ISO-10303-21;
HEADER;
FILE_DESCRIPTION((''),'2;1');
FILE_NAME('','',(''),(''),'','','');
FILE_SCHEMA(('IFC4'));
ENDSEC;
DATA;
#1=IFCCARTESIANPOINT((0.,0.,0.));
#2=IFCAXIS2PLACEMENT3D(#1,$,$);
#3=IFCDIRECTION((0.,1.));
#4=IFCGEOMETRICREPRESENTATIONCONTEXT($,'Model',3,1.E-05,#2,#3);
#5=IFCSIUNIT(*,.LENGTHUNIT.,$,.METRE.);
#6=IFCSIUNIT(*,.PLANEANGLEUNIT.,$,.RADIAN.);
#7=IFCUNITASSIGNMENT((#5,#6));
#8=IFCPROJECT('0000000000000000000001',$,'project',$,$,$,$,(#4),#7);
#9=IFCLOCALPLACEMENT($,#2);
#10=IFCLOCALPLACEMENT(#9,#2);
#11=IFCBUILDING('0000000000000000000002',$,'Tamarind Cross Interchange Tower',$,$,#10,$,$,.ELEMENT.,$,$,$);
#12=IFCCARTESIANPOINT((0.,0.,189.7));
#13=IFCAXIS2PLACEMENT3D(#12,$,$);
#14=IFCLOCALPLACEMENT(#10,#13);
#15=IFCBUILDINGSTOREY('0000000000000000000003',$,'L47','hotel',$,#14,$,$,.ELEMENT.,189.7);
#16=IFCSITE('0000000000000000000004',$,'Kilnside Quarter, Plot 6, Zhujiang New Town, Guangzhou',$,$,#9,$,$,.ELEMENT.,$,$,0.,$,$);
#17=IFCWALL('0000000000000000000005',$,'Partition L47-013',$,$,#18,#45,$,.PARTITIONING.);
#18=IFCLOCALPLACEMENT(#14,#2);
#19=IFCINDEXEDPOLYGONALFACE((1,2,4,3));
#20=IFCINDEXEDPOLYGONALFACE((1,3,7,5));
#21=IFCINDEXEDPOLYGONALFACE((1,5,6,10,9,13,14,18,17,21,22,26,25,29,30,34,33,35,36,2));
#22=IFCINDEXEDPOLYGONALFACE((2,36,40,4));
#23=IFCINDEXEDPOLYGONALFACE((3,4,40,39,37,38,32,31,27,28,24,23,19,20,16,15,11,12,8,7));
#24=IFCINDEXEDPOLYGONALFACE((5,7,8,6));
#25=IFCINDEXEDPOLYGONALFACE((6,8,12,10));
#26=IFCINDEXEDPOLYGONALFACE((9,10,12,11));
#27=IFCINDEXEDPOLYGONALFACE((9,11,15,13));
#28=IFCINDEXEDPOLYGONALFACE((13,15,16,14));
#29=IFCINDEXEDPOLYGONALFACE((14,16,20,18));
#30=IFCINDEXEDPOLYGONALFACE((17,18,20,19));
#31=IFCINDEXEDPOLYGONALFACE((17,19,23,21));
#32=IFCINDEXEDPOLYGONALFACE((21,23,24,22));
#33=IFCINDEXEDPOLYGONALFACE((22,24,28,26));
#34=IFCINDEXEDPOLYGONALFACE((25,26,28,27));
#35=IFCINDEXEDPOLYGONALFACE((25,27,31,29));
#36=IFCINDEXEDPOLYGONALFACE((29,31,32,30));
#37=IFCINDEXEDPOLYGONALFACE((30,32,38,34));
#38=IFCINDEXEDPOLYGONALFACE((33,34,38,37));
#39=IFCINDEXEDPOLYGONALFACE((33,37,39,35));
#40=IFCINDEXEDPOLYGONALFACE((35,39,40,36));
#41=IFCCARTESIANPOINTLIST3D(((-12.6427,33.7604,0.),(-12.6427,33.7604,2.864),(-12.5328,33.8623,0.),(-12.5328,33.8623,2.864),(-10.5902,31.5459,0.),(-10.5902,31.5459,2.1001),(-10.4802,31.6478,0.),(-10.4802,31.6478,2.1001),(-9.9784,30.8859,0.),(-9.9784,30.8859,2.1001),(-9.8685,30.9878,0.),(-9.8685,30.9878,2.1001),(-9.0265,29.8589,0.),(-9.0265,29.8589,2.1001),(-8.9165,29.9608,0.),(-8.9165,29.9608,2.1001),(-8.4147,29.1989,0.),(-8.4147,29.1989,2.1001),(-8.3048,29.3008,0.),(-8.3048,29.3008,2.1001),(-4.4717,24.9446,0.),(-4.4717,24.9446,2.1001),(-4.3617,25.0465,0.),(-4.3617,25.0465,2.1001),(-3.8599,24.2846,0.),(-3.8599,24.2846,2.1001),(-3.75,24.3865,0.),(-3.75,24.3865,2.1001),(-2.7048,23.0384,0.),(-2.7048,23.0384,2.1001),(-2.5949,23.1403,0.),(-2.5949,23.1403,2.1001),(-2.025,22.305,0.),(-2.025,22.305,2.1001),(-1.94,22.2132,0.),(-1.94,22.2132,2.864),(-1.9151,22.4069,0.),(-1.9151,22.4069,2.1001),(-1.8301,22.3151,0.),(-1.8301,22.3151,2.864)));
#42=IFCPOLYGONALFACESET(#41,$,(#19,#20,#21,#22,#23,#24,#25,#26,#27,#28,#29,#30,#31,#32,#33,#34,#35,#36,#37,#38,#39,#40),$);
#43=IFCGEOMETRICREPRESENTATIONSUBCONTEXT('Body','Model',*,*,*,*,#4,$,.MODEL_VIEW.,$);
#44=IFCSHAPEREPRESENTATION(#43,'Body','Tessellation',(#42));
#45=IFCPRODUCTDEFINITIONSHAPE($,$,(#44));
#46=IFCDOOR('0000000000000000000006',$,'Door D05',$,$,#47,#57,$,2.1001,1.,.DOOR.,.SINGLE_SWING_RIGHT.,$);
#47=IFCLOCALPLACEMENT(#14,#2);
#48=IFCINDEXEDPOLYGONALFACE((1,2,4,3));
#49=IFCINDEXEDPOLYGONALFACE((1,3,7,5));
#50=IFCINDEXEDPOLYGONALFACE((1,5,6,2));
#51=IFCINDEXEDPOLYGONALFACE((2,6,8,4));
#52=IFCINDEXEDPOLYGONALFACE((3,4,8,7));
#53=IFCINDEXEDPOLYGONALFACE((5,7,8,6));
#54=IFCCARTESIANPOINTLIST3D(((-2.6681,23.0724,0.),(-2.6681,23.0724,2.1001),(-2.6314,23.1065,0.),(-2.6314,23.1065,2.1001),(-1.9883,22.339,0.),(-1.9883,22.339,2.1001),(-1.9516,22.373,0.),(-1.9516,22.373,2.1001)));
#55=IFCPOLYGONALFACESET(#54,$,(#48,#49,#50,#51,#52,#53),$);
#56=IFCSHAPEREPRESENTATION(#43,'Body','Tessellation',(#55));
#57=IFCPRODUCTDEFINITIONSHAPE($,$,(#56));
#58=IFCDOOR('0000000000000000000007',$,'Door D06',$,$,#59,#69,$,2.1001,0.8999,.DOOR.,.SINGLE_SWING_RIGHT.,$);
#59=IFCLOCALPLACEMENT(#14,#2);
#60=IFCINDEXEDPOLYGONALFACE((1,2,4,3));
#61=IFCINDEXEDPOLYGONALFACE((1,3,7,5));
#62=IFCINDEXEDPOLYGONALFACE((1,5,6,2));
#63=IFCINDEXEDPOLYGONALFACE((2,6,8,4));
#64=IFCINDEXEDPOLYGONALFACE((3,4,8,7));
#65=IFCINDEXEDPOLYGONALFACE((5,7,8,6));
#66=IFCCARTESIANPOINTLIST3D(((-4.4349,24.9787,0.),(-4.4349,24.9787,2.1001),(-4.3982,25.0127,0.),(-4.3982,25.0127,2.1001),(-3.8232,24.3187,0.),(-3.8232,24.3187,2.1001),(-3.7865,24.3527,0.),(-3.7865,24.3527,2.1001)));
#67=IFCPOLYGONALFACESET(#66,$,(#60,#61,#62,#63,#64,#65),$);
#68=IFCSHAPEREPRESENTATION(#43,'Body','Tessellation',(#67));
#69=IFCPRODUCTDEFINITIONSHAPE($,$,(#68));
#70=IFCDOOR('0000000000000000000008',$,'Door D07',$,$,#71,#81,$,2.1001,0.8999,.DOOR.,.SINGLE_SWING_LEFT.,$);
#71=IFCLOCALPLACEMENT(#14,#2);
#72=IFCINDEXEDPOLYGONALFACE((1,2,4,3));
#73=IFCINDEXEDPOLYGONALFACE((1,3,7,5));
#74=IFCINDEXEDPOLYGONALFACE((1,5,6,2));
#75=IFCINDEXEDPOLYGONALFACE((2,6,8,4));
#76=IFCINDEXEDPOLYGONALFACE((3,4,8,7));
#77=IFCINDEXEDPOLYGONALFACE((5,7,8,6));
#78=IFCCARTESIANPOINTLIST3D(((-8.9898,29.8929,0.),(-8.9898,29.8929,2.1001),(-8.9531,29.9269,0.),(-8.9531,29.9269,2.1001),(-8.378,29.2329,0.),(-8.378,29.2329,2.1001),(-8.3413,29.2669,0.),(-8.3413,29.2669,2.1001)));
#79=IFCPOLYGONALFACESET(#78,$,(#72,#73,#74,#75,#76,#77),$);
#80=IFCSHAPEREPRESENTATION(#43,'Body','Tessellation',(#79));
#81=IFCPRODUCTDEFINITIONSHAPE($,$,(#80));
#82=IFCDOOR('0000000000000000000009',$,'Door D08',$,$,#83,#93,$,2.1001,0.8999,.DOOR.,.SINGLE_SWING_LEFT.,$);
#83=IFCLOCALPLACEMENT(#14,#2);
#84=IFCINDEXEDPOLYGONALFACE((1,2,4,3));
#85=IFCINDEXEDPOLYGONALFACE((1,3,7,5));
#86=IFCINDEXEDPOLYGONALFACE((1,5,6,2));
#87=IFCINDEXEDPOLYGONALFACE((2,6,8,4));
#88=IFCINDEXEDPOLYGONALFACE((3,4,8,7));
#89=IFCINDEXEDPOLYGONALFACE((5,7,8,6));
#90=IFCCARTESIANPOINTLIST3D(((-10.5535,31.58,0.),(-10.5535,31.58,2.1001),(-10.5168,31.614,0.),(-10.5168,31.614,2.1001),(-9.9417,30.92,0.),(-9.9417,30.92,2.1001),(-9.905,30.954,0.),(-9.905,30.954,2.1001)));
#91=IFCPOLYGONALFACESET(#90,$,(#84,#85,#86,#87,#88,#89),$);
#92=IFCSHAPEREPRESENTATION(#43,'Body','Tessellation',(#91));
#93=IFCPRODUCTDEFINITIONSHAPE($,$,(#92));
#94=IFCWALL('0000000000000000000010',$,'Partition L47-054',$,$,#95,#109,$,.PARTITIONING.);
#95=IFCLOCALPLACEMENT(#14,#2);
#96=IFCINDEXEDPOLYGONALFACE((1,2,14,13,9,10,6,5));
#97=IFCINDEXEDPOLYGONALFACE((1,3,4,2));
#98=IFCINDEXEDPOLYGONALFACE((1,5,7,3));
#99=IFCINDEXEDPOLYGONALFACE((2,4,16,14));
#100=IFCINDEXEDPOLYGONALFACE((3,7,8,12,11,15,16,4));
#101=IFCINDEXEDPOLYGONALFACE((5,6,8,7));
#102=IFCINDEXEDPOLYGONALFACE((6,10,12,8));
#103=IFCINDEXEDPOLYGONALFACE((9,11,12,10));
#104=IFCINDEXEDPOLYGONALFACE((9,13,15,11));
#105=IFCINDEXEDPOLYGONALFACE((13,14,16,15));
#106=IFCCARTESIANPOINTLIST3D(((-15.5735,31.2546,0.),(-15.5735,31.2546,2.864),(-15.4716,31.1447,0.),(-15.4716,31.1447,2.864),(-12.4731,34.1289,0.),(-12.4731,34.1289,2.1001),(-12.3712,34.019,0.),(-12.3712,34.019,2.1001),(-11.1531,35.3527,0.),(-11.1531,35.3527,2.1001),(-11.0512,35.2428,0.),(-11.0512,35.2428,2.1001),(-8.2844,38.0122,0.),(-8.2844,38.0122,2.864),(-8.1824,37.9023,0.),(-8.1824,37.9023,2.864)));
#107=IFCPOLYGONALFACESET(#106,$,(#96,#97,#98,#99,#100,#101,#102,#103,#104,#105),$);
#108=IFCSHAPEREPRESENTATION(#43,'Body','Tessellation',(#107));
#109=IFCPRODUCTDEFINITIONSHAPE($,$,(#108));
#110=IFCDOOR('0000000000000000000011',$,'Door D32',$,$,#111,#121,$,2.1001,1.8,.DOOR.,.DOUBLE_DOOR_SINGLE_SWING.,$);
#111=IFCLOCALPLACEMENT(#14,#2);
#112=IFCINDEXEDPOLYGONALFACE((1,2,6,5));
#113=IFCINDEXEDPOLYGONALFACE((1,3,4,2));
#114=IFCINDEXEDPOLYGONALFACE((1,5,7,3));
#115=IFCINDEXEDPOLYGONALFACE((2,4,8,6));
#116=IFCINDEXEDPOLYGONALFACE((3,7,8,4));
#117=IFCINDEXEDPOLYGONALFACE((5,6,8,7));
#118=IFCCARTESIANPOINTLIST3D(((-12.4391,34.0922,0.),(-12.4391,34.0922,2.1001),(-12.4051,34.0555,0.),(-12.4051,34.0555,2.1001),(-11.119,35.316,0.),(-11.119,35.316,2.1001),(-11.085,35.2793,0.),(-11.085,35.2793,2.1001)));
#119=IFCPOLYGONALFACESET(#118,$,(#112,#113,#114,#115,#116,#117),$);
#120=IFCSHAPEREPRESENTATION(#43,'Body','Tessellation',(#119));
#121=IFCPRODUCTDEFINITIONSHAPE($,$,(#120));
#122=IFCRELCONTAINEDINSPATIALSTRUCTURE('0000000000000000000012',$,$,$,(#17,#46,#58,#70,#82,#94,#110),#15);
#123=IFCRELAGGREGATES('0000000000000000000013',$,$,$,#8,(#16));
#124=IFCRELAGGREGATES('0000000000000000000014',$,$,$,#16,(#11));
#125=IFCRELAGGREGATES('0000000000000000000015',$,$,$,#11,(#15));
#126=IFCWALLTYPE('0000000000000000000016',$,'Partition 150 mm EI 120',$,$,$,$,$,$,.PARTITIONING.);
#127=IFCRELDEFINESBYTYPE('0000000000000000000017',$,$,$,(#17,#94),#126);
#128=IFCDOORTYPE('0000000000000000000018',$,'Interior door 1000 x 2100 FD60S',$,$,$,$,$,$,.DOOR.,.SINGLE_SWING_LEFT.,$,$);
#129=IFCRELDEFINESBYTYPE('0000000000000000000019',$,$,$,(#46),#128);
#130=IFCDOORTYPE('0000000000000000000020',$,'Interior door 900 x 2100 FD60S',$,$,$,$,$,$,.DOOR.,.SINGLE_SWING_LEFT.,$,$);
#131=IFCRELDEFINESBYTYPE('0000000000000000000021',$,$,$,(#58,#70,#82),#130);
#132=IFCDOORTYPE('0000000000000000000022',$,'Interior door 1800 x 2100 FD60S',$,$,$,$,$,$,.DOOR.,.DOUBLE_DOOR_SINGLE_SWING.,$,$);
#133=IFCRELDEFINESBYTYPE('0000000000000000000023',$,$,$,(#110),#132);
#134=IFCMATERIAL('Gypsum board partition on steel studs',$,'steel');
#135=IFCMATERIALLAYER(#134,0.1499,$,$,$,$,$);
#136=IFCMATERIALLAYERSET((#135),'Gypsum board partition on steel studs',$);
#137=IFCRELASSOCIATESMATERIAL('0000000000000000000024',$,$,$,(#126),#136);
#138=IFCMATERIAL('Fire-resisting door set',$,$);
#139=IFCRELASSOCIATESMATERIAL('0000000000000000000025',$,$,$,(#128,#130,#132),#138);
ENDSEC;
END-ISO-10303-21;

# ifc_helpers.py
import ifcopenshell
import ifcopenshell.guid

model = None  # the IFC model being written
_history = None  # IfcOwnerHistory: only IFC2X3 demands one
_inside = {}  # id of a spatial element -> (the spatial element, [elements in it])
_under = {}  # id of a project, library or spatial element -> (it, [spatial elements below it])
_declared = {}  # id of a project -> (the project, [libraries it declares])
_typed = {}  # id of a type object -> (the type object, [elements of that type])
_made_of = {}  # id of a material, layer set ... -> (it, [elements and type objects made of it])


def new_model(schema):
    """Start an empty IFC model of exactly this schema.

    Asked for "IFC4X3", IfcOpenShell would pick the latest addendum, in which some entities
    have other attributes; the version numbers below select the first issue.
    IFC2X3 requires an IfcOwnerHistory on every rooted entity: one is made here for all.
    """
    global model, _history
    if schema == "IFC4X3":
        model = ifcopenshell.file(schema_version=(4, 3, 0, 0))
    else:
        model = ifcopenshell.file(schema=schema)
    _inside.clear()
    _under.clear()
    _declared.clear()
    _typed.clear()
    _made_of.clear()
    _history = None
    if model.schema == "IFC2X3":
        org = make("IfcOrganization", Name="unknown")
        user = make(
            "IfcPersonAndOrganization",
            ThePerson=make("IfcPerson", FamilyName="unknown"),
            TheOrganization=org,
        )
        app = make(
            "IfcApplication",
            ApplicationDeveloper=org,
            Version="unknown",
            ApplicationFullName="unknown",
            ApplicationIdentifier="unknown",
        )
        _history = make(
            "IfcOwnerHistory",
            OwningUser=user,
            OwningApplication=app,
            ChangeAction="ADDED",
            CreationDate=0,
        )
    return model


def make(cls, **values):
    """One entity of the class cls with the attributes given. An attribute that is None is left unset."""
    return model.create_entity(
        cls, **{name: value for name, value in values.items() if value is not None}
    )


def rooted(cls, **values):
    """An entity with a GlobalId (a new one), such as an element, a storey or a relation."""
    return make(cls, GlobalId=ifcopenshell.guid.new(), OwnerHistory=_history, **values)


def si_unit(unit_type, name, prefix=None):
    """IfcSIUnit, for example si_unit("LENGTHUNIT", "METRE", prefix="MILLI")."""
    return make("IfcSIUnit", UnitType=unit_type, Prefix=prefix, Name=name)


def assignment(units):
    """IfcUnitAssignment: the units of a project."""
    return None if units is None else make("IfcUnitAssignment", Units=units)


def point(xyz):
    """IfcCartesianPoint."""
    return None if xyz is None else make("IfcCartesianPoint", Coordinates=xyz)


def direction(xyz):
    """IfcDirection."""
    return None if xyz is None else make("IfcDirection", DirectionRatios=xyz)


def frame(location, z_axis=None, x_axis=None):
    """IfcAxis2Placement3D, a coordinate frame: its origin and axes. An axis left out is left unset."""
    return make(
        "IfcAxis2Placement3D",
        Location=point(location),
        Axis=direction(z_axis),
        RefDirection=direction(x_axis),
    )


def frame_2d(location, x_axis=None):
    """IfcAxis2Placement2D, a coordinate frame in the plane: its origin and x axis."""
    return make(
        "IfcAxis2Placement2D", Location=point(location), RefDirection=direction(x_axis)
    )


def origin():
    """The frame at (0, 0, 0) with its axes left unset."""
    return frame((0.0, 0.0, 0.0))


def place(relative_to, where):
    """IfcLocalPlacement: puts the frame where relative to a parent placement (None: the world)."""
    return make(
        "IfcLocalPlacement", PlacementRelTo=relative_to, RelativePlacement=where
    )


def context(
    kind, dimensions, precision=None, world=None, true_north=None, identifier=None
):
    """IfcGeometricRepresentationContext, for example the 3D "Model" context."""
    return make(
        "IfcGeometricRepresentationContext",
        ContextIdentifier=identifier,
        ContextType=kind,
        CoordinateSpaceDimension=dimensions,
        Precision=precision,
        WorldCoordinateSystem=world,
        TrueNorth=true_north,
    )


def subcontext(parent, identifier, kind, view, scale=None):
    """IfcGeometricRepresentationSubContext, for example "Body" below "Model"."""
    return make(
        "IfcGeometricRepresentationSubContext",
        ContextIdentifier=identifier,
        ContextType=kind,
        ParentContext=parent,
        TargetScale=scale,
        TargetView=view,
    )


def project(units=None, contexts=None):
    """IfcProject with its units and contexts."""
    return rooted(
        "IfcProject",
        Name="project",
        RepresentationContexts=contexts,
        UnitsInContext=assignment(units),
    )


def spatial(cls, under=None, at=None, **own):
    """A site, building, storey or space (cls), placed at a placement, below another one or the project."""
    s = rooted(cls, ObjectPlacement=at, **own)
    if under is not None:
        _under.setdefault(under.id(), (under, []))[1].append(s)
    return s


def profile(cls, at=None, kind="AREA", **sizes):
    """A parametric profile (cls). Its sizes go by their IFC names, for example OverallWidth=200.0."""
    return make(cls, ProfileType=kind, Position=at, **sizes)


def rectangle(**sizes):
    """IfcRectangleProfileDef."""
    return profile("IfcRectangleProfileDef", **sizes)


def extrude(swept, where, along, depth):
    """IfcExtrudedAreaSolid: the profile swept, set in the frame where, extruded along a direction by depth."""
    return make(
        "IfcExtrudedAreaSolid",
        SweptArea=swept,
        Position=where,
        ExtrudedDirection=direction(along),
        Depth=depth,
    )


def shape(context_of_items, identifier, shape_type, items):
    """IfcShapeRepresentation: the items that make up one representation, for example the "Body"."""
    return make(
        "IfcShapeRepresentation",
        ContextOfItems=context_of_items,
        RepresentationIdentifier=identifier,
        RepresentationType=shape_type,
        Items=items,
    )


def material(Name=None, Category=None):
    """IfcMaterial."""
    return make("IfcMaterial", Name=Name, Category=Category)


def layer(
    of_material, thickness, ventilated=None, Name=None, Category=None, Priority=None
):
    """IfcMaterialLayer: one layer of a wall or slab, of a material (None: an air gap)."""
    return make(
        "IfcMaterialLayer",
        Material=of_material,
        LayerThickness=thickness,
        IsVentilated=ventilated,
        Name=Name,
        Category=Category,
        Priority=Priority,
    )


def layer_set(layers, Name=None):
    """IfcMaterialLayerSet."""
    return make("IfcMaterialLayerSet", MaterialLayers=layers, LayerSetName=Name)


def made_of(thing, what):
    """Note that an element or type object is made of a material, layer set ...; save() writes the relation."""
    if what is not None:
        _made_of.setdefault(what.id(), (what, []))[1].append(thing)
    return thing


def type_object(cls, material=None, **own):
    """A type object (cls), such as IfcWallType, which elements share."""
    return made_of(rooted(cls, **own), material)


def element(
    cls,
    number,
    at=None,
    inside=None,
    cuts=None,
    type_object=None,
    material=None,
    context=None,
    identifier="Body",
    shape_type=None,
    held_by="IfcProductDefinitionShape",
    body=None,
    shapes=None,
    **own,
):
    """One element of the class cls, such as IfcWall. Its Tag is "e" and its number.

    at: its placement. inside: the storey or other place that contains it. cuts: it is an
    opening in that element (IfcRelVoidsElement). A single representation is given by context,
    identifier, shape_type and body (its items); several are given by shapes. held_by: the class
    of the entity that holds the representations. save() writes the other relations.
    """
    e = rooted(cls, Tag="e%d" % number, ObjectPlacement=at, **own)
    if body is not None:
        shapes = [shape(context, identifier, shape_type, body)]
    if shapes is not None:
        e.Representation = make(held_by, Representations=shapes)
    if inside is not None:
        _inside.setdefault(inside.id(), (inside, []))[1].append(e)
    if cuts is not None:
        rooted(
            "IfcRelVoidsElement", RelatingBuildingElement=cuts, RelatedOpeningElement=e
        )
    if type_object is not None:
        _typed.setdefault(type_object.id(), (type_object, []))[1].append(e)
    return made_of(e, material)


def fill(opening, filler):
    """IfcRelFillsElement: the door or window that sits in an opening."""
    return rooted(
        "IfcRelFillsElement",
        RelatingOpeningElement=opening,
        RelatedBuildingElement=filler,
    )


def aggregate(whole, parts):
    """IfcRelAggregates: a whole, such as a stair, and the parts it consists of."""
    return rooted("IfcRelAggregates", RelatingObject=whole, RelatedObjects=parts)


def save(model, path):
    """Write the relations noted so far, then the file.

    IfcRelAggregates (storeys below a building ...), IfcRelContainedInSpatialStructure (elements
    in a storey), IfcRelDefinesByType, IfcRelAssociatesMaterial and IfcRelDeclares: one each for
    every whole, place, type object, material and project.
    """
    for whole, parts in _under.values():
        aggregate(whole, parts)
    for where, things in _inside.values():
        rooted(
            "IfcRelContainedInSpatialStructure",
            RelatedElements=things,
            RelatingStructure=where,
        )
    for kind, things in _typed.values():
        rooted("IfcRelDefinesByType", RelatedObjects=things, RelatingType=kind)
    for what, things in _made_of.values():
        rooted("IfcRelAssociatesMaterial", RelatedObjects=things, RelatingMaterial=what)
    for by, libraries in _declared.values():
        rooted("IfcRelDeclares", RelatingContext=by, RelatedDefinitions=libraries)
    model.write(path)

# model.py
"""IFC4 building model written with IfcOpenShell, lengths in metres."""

from ifc_helpers import new_model, si_unit, direction, frame, frame_2d, origin, place, context, subcontext, project, spatial, rectangle, extrude, material, layer, layer_set, type_object, element, fill, save


model = new_model("IFC4")

# Units and contexts
model_context = context("Model", 3, precision=1e-05, world=origin(), true_north=direction((0.0, 1.0)))
body_context = subcontext(model_context, "Body", "Model", "MODEL_VIEW")
ifc_project = project(units=[si_unit("LENGTHUNIT", "METRE"), si_unit("PLANEANGLEUNIT", "RADIAN")], contexts=[model_context])

# Site, building, storey
site_placement = place(None, origin())
site = spatial("IfcSite", under=ifc_project, at=site_placement, Name="Kilnside Quarter, Plot 6, Zhujiang New Town, Guangzhou", CompositionType="ELEMENT", RefElevation=0.0)
building_placement = place(site_placement, origin())
building = spatial("IfcBuilding", under=site, at=building_placement, Name="Tamarind Cross Interchange Tower", CompositionType="ELEMENT")
storey_placement = place(building_placement, frame((0.0, 0.0, 189.7)))
storey = spatial("IfcBuildingStorey", under=building, at=storey_placement, Name="L47", Description="hotel", CompositionType="ELEMENT", Elevation=189.7)

# Shared definitions
ifc_material_1 = material(Name="Gypsum board partition on steel studs", Category="steel")
ifc_layer_1 = layer(ifc_material_1, 0.1499)
ifc_layer_set_1 = layer_set([ifc_layer_1], Name="Gypsum board partition on steel studs")
wall_type = type_object("IfcWallType", Name="Partition 150 mm EI 120", PredefinedType="PARTITIONING", material=ifc_layer_set_1)

# Wall, openings, doors
wall_1_placement = place(storey_placement, frame((-12.5876, 33.8113, 0.0), z_axis=(0.0, 0.0, 1.0), x_axis=(0.679779, -0.733417, 0.0)))
wall_1 = element("IfcWall", 1, at=wall_1_placement, inside=storey, type_object=wall_type, Name="Partition L47-013", PredefinedType="PARTITIONING", context=body_context, shape_type="SweptSolid", body=[
    extrude(rectangle(XDim=15.7444, YDim=0.1499, at=frame_2d((7.8721, 0.0))), origin(), (0.0, 0.0, 1.0), 2.864),
])
opening_1_placement = place(wall_1_placement, frame((14.6191, 0.0, 0.0)))
opening_1 = element("IfcOpeningElement", 2, at=opening_1_placement, cuts=wall_1, PredefinedType="OPENING", context=body_context, shape_type="SweptSolid", body=[
    extrude(rectangle(XDim=1.0, YDim=2.1001, at=frame_2d((0.5, 1.05))), frame((0.0, 0.085, 0.0), z_axis=(0.0, -1.0, 0.0), x_axis=(1.0, 0.0, 0.0)), (0.0, 0.0, 1.0), 0.1699),
])
opening_2_placement = place(wall_1_placement, frame((12.02, 0.0, 0.0)))
opening_2 = element("IfcOpeningElement", 3, at=opening_2_placement, cuts=wall_1, PredefinedType="OPENING", context=body_context, shape_type="SweptSolid", body=[
    extrude(rectangle(XDim=0.8999, YDim=2.1001, at=frame_2d((0.45, 1.05))), frame((0.0, 0.085, 0.0), z_axis=(0.0, -1.0, 0.0), x_axis=(1.0, 0.0, 0.0)), (0.0, 0.0, 1.0), 0.1699),
])
opening_3_placement = place(wall_1_placement, frame((5.3196, 0.0, 0.0)))
opening_3 = element("IfcOpeningElement", 4, at=opening_3_placement, cuts=wall_1, PredefinedType="OPENING", context=body_context, shape_type="SweptSolid", body=[
    extrude(rectangle(XDim=0.8999, YDim=2.1001, at=frame_2d((0.45, 1.05))), frame((0.0, 0.085, 0.0), z_axis=(0.0, -1.0, 0.0), x_axis=(1.0, 0.0, 0.0)), (0.0, 0.0, 1.0), 0.1699),
])
opening_4_placement = place(wall_1_placement, frame((3.0193, 0.0, 0.0)))
opening_4 = element("IfcOpeningElement", 5, at=opening_4_placement, cuts=wall_1, PredefinedType="OPENING", context=body_context, shape_type="SweptSolid", body=[
    extrude(rectangle(XDim=0.8999, YDim=2.1001, at=frame_2d((0.45, 1.05))), frame((0.0, 0.085, 0.0), z_axis=(0.0, -1.0, 0.0), x_axis=(1.0, 0.0, 0.0)), (0.0, 0.0, 1.0), 0.1699),
])
ifc_material_2 = material(Name="Fire-resisting door set")
door_type_1 = type_object("IfcDoorType", Name="Interior door 1000 x 2100 FD60S", OperationType="SINGLE_SWING_LEFT", PredefinedType="DOOR", material=ifc_material_2)
door_1_placement = place(opening_1_placement, frame((1.0, 0.0, 0.0), z_axis=(0.0, 0.0, 1.0), x_axis=(-1.0, 0.0, 0.0)))
door_1 = element("IfcDoor", 6, at=door_1_placement, inside=storey, type_object=door_type_1, Name="Door D05", OperationType="SINGLE_SWING_RIGHT", OverallHeight=2.1001, OverallWidth=1.0, PredefinedType="DOOR", context=body_context, shape_type="SweptSolid", body=[
    extrude(rectangle(XDim=1.0, YDim=2.1001, at=frame_2d((0.5, 1.05))), frame((0.0, 0.0249, 0.0), z_axis=(0.0, -1.0, 0.0), x_axis=(1.0, 0.0, 0.0)), (0.0, 0.0, 1.0), 0.05),
])
fill(opening_1, door_1)
door_type_2 = type_object("IfcDoorType", Name="Interior door 900 x 2100 FD60S", OperationType="SINGLE_SWING_LEFT", PredefinedType="DOOR", material=ifc_material_2)
door_2_placement = place(opening_2_placement, frame((0.8999, 0.0, 0.0), z_axis=(0.0, 0.0, 1.0), x_axis=(-1.0, 0.0, 0.0)))
door_2 = element("IfcDoor", 7, at=door_2_placement, inside=storey, type_object=door_type_2, Name="Door D06", OperationType="SINGLE_SWING_RIGHT", OverallHeight=2.1001, OverallWidth=0.8999, PredefinedType="DOOR", context=body_context, shape_type="SweptSolid", body=[
    extrude(rectangle(XDim=0.8999, YDim=2.1001, at=frame_2d((0.45, 1.05))), frame((0.0, 0.0249, 0.0), z_axis=(0.0, -1.0, 0.0), x_axis=(1.0, 0.0, 0.0)), (0.0, 0.0, 1.0), 0.05),
])
fill(opening_2, door_2)
door_3_placement = place(opening_3_placement, frame((0.8999, 0.0, 0.0), z_axis=(0.0, 0.0, 1.0), x_axis=(-1.0, 0.0, 0.0)))
door_3 = element("IfcDoor", 8, at=door_3_placement, inside=storey, type_object=door_type_2, Name="Door D07", OperationType="SINGLE_SWING_LEFT", OverallHeight=2.1001, OverallWidth=0.8999, PredefinedType="DOOR", context=body_context, shape_type="SweptSolid", body=[
    extrude(rectangle(XDim=0.8999, YDim=2.1001, at=frame_2d((0.45, 1.05))), frame((0.0, 0.0249, 0.0), z_axis=(0.0, -1.0, 0.0), x_axis=(1.0, 0.0, 0.0)), (0.0, 0.0, 1.0), 0.05),
])
fill(opening_3, door_3)
door_4_placement = place(opening_4_placement, frame((0.8999, 0.0, 0.0), z_axis=(0.0, 0.0, 1.0), x_axis=(-1.0, 0.0, 0.0)))
door_4 = element("IfcDoor", 9, at=door_4_placement, inside=storey, type_object=door_type_2, Name="Door D08", OperationType="SINGLE_SWING_LEFT", OverallHeight=2.1001, OverallWidth=0.8999, PredefinedType="DOOR", context=body_context, shape_type="SweptSolid", body=[
    extrude(rectangle(XDim=0.8999, YDim=2.1001, at=frame_2d((0.45, 1.05))), frame((0.0, 0.0249, 0.0), z_axis=(0.0, -1.0, 0.0), x_axis=(1.0, 0.0, 0.0)), (0.0, 0.0, 1.0), 0.05),
])
fill(opening_4, door_4)

# Wall, opening, door
wall_2_placement = place(storey_placement, frame((-15.5225, 31.1997, 0.0), z_axis=(0.0, 0.0, 1.0), x_axis=(0.733337, 0.679865, 0.0)))
wall_2 = element("IfcWall", 10, at=wall_2_placement, inside=storey, type_object=wall_type, Name="Partition L47-054", PredefinedType="PARTITIONING", context=body_context, shape_type="SweptSolid", body=[
    extrude(rectangle(XDim=9.9397, YDim=0.1499, at=frame_2d((4.9697, 0.0))), origin(), (0.0, 0.0, 1.0), 2.864),
])
opening_5_placement = place(wall_2_placement, frame((4.2278, 0.0, 0.0)))
opening_5 = element("IfcOpeningElement", 11, at=opening_5_placement, cuts=wall_2, PredefinedType="OPENING", context=body_context, shape_type="SweptSolid", body=[
    extrude(rectangle(XDim=1.8, YDim=2.1001, at=frame_2d((0.8999, 1.05))), frame((0.0, 0.085, 0.0), z_axis=(0.0, -1.0, 0.0), x_axis=(1.0, 0.0, 0.0)), (0.0, 0.0, 1.0), 0.1699),
])
door_type_3 = type_object("IfcDoorType", Name="Interior door 1800 x 2100 FD60S", OperationType="DOUBLE_DOOR_SINGLE_SWING", PredefinedType="DOOR", material=ifc_material_2)
door_5_placement = place(opening_5_placement, origin())
door_5 = element("IfcDoor", 12, at=door_5_placement, inside=storey, type_object=door_type_3, Name="Door D32", OperationType="DOUBLE_DOOR_SINGLE_SWING", OverallHeight=2.1001, OverallWidth=1.8, PredefinedType="DOOR", context=body_context, shape_type="SweptSolid", body=[
    extrude(rectangle(XDim=1.8, YDim=2.1001, at=frame_2d((0.8999, 1.05))), frame((0.0, 0.0249, 0.0), z_axis=(0.0, -1.0, 0.0), x_axis=(1.0, 0.0, 0.0)), (0.0, 0.0, 1.0), 0.05),
])
fill(opening_5, door_5)

save(model, "model.ifc")
